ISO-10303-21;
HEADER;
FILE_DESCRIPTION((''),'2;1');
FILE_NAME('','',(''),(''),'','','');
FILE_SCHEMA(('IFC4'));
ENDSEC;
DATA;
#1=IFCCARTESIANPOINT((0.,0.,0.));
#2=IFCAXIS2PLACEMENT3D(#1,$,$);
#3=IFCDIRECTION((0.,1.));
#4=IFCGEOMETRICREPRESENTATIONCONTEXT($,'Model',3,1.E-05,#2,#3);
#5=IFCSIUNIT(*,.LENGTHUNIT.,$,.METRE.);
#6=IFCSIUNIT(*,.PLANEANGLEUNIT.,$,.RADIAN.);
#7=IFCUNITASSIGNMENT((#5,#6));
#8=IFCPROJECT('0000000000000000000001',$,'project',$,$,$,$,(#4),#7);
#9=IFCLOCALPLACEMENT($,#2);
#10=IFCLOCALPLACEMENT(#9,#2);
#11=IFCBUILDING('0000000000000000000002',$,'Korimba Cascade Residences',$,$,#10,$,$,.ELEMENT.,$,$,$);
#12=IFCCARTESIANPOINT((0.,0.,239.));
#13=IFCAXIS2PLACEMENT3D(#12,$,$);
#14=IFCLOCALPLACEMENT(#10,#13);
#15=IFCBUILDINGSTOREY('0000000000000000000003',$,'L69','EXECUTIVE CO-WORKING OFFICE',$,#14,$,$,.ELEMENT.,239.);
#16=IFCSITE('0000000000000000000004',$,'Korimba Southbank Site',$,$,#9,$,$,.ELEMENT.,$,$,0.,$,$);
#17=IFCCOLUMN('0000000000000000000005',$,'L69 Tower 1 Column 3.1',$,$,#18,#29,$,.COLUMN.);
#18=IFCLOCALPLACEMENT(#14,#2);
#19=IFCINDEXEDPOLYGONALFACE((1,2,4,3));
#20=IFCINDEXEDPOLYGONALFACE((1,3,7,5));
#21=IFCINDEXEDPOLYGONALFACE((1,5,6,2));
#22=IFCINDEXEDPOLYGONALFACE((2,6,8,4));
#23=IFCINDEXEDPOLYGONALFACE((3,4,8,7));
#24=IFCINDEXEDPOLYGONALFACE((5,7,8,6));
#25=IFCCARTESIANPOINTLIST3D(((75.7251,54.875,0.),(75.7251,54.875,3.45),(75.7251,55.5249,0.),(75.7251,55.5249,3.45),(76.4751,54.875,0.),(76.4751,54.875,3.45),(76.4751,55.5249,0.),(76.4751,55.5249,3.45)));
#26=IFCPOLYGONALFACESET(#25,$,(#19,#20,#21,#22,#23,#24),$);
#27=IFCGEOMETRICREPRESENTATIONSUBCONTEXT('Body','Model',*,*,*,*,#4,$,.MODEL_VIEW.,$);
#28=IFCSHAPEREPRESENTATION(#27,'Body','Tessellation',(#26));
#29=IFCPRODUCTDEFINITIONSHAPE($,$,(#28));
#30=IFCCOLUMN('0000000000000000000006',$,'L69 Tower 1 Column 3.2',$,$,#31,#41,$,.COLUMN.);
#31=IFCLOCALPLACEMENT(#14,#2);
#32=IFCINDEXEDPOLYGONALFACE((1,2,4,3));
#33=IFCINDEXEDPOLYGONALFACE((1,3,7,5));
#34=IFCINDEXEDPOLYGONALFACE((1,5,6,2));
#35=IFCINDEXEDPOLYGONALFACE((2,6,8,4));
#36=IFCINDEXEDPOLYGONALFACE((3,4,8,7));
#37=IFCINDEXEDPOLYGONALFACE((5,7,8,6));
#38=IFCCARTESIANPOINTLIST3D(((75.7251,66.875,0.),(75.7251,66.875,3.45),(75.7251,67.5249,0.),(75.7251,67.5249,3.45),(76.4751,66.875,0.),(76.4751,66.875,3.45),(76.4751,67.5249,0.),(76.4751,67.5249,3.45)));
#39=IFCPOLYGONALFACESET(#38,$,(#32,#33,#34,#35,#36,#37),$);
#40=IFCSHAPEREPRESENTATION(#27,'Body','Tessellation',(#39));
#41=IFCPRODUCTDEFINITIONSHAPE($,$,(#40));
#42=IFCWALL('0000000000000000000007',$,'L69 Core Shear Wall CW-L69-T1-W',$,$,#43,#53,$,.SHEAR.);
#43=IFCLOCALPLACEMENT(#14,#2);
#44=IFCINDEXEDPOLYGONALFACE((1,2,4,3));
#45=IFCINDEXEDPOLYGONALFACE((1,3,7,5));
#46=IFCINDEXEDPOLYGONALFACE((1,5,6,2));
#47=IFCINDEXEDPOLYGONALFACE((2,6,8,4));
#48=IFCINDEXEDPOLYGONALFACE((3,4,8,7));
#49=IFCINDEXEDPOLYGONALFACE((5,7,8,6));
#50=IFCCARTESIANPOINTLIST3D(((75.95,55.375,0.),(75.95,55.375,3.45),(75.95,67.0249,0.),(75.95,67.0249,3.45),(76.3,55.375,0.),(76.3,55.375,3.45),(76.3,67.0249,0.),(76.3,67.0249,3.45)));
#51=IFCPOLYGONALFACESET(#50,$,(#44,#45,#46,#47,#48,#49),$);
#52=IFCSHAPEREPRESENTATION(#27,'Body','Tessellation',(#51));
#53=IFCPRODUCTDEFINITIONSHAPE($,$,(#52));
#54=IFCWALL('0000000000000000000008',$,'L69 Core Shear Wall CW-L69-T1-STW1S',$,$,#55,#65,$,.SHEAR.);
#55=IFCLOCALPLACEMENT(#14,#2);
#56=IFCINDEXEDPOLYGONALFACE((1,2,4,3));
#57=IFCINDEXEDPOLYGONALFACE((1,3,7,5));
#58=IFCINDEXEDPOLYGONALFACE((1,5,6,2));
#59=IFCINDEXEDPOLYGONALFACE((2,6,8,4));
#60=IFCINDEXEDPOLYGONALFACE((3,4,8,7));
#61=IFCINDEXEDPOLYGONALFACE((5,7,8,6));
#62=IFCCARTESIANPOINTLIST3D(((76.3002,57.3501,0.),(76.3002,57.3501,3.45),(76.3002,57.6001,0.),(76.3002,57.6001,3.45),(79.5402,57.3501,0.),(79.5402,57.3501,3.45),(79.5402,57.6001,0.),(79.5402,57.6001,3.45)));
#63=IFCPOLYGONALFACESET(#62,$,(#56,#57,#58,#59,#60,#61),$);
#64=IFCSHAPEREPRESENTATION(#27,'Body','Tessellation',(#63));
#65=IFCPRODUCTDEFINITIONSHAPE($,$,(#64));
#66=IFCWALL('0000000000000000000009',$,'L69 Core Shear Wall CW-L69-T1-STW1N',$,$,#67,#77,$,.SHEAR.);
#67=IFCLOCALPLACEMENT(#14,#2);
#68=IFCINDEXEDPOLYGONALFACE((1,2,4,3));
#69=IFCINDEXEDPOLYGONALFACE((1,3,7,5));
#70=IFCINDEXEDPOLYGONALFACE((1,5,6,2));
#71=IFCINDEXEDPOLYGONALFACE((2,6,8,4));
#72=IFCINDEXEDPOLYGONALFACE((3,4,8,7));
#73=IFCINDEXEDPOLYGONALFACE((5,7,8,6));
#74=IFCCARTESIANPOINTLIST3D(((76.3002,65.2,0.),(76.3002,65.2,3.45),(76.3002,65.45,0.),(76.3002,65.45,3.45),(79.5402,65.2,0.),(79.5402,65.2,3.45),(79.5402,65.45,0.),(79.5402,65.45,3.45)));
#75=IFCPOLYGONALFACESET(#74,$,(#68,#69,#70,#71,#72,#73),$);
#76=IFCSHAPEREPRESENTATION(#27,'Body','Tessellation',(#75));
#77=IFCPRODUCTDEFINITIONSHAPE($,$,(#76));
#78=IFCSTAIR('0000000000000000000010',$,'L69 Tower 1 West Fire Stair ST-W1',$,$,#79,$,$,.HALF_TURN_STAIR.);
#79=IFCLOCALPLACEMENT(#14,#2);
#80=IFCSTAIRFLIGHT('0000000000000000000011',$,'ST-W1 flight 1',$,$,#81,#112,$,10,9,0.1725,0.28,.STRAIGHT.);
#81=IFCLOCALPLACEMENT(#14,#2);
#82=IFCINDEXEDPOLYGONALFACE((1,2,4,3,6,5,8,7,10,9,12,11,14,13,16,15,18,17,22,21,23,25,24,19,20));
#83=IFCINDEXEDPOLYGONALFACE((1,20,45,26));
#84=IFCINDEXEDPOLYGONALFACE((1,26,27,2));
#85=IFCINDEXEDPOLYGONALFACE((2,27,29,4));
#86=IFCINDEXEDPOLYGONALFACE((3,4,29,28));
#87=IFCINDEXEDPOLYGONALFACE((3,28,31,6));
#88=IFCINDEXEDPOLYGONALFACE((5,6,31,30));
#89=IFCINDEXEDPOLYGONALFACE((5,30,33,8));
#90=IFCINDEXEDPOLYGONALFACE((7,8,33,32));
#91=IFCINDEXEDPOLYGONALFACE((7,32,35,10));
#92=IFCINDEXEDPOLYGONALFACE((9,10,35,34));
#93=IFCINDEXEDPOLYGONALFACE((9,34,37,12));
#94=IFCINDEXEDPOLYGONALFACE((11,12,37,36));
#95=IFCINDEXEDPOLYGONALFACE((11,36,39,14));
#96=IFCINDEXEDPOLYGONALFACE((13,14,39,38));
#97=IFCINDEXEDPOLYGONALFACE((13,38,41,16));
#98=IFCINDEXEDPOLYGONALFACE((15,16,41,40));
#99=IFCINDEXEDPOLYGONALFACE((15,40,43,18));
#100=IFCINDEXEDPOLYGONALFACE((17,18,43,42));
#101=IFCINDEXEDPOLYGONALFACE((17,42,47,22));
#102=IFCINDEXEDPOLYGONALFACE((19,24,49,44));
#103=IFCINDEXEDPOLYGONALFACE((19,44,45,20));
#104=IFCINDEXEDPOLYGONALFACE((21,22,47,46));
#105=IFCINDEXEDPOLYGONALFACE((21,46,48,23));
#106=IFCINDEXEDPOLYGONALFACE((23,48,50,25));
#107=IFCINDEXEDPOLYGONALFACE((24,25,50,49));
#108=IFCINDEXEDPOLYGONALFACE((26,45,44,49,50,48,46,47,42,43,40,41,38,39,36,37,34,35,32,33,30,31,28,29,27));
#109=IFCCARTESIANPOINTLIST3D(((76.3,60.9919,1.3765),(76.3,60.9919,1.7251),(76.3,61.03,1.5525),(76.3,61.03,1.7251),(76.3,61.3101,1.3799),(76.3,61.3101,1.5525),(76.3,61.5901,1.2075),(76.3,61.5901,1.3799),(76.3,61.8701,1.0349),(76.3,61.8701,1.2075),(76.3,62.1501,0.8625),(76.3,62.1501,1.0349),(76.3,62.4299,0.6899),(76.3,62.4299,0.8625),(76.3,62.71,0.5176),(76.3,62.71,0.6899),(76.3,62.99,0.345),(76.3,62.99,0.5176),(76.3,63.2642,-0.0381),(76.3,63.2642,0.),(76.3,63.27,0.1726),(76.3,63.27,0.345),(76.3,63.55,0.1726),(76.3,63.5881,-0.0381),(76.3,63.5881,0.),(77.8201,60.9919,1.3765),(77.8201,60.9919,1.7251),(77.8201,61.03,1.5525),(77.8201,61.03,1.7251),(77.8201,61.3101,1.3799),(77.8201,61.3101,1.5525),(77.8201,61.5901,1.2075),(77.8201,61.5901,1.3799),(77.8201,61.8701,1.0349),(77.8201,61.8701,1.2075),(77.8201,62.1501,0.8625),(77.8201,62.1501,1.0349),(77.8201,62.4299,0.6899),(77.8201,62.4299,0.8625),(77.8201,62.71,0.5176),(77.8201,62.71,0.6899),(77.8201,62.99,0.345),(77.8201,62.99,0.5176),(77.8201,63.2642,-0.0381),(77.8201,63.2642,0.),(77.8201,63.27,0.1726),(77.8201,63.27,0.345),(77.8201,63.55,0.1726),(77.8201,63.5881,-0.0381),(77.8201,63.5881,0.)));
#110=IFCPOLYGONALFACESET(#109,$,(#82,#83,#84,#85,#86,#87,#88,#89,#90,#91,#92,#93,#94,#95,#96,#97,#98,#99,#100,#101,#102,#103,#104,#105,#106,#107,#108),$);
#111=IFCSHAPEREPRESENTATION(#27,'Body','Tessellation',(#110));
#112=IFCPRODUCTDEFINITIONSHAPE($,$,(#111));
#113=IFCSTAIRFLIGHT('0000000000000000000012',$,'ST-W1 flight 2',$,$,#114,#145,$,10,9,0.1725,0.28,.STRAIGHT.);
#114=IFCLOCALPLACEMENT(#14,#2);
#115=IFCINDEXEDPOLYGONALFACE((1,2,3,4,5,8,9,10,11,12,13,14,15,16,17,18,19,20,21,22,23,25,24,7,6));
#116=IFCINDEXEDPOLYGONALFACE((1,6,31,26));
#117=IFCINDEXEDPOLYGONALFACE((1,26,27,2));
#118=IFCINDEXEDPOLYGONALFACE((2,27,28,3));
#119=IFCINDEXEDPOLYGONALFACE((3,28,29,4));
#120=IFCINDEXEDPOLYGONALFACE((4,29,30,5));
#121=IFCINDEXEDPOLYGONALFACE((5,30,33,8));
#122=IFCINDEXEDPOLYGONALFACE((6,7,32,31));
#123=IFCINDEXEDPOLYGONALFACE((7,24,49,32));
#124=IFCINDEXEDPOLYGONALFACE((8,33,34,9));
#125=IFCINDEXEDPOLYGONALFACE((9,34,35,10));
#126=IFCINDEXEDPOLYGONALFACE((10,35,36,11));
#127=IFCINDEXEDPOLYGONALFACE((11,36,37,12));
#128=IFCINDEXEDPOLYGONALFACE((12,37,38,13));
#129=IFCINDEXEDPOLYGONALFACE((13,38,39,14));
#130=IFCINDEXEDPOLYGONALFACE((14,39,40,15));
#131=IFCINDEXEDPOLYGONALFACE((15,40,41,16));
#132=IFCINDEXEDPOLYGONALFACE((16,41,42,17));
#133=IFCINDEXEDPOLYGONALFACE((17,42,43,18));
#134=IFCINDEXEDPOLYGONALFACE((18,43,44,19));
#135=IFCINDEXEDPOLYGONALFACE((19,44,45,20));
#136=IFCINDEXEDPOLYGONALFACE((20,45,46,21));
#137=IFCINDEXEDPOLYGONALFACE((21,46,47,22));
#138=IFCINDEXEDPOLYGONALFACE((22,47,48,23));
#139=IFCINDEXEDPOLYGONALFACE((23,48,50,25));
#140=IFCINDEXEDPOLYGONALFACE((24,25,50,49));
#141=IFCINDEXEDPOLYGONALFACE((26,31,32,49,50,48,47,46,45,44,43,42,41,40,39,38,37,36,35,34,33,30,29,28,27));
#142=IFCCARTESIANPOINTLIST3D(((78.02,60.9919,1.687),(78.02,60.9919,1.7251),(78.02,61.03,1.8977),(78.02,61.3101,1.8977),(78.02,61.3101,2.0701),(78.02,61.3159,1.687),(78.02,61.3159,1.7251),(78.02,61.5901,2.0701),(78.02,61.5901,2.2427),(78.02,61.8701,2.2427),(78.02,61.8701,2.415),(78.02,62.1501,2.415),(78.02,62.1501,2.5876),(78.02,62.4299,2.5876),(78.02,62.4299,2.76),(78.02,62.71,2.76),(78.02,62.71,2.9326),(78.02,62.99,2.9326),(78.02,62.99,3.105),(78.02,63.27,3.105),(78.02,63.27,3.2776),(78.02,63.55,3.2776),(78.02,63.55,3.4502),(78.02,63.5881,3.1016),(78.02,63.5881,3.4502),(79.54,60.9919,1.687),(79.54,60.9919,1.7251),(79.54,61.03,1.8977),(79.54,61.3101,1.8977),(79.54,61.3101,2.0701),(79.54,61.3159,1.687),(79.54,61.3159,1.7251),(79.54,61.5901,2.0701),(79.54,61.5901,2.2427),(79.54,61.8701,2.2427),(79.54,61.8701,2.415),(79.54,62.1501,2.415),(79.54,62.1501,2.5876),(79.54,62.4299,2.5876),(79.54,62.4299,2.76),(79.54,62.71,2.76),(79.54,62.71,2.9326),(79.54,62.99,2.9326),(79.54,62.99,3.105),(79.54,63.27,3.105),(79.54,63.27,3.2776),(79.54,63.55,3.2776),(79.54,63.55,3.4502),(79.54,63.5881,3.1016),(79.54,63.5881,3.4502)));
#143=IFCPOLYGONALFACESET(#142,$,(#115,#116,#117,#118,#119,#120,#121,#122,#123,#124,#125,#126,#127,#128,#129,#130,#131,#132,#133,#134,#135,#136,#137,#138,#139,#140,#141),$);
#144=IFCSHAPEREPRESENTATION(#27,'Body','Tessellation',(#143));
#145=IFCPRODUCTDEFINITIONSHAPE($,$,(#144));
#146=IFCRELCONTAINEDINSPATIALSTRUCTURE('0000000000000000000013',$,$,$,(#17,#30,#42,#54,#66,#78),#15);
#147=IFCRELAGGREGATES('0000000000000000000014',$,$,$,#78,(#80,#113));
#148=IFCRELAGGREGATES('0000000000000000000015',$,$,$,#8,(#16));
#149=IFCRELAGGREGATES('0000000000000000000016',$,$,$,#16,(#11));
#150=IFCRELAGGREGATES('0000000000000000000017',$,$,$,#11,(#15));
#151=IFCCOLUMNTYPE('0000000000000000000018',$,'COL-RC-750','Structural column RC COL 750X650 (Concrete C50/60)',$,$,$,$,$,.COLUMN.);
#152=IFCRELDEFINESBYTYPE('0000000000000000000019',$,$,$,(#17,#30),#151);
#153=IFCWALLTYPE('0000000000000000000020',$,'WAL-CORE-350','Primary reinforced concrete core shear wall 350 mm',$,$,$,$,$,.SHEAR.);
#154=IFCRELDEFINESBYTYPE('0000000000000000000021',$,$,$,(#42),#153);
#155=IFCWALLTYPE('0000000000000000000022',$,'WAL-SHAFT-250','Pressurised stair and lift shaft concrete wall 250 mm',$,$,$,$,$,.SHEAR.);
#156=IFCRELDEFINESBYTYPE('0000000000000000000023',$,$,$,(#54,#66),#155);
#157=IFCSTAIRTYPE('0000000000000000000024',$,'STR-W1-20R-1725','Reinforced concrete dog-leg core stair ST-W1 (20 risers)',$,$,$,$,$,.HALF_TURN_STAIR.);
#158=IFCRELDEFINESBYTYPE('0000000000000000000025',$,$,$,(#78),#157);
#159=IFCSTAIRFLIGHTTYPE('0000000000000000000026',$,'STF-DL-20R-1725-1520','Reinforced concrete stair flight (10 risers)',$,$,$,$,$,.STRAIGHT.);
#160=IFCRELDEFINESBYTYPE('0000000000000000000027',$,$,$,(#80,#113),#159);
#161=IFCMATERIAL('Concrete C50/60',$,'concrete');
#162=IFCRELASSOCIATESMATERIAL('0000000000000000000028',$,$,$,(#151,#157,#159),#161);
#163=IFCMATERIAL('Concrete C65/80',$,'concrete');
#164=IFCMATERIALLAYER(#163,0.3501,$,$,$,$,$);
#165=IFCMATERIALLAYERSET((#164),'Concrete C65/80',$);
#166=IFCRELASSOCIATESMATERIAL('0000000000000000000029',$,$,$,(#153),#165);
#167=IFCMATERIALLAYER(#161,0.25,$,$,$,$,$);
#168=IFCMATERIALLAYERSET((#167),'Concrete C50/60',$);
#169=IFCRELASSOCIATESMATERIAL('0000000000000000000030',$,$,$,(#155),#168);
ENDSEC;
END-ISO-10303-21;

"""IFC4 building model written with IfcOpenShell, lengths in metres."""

from ifc_helpers import new_model, si_unit, direction, frame, frame_2d, origin, origin_2d, place, context, subcontext, project, spatial, polyline, rectangle, outline, extrude, material, layer, layer_set, material_profile, profile_set, type_object, element, aggregate, save


model = new_model("IFC4")

# Units and contexts
model_context = context("Model", 3, precision=1e-05, world=origin(), true_north=direction((0.0, 1.0)))
body_context = subcontext(model_context, "Body", "Model", "MODEL_VIEW")
ifc_project = project(units=[si_unit("LENGTHUNIT", "METRE"), si_unit("PLANEANGLEUNIT", "RADIAN")], contexts=[model_context])

# Site, building, storey
site_placement = place(None, origin())
site = spatial("IfcSite", under=ifc_project, at=site_placement, Name="Korimba Southbank Site", CompositionType="ELEMENT", RefElevation=0.0)
building_placement = place(site_placement, origin())
building = spatial("IfcBuilding", under=site, at=building_placement, Name="Korimba Cascade Residences", CompositionType="ELEMENT")
storey_placement = place(building_placement, frame((0.0, 0.0, 239.0)))
storey = spatial("IfcBuildingStorey", under=building, at=storey_placement, Name="L69", Description="EXECUTIVE CO-WORKING OFFICE", CompositionType="ELEMENT", Elevation=239.0)

# Columns
ifc_material_1 = material(Name="Concrete C50/60", Category="concrete")
ifc_material_profile = material_profile(ifc_material_1, rectangle(XDim=0.75, YDim=0.6499, at=origin_2d()), Name="Concrete C50/60")
ifc_profile_set = profile_set([ifc_material_profile], Name="Concrete C50/60")
column_type = type_object("IfcColumnType", Name="COL-RC-750", Description="Structural column RC COL 750X650 (Concrete C50/60)", PredefinedType="COLUMN", material=ifc_profile_set)
for number, where, z_axis, x_axis, name in (
    (1, (76.1001, 55.2, 0.0), (0.0, 0.0, 1.0), (1.0, 0.0, 0.0), "L69 Tower 1 Column 3.1"),
    (2, (76.1001, 67.2, 0.0), (0.0, 0.0, 1.0), (1.0, 0.0, 0.0), "L69 Tower 1 Column 3.2"),
):
    element("IfcColumn", number, at=place(storey_placement, frame(where, z_axis=z_axis, x_axis=x_axis)), inside=storey, type_object=column_type, Name=name, PredefinedType="COLUMN", context=body_context, shape_type="SweptSolid", body=[
        extrude(rectangle(XDim=0.75, YDim=0.6499, at=origin_2d()), origin(), (0.0, 0.0, 1.0), 3.45),
    ])

# Walls
ifc_material_2 = material(Name="Concrete C65/80", Category="concrete")
ifc_layer_1 = layer(ifc_material_2, 0.3501)
ifc_layer_set_1 = layer_set([ifc_layer_1], Name="Concrete C65/80")
wall_type_1 = type_object("IfcWallType", Name="WAL-CORE-350", Description="Primary reinforced concrete core shear wall 350 mm", PredefinedType="SHEAR", material=ifc_layer_set_1)
wall_placement = place(storey_placement, frame((76.125, 55.375, 0.0), z_axis=(0.0, 0.0, 1.0), x_axis=(0.0, 1.0, 0.0)))
element("IfcWall", 3, at=wall_placement, inside=storey, type_object=wall_type_1, Name="L69 Core Shear Wall CW-L69-T1-W", PredefinedType="SHEAR", context=body_context, shape_type="SweptSolid", body=[
    extrude(rectangle(XDim=11.6499, YDim=0.3501, at=frame_2d((5.825, 0.0))), origin(), (0.0, 0.0, 1.0), 3.45),
])
ifc_layer_2 = layer(ifc_material_1, 0.25)
ifc_layer_set_2 = layer_set([ifc_layer_2], Name="Concrete C50/60")
wall_type_2 = type_object("IfcWallType", Name="WAL-SHAFT-250", Description="Pressurised stair and lift shaft concrete wall 250 mm", PredefinedType="SHEAR", material=ifc_layer_set_2)
for number, where, z_axis, x_axis, name in (
    (4, (76.3, 57.4751, 0.0), (0.0, 0.0, 1.0), (1.0, 0.0, 0.0), "L69 Core Shear Wall CW-L69-T1-STW1S"),
    (5, (76.3, 65.325, 0.0), (0.0, 0.0, 1.0), (1.0, 0.0, 0.0), "L69 Core Shear Wall CW-L69-T1-STW1N"),
):
    element("IfcWall", number, at=place(storey_placement, frame(where, z_axis=z_axis, x_axis=x_axis)), inside=storey, type_object=wall_type_2, Name=name, PredefinedType="SHEAR", context=body_context, shape_type="SweptSolid", body=[
        extrude(rectangle(XDim=3.24, YDim=0.25, at=frame_2d((1.6201, 0.0))), origin(), (0.0, 0.0, 1.0), 3.45),
    ])

# Stair, stair flights
stair_type = type_object("IfcStairType", Name="STR-W1-20R-1725", Description="Reinforced concrete dog-leg core stair ST-W1 (20 risers)", PredefinedType="HALF_TURN_STAIR", material=ifc_material_1)
stair_placement = place(storey_placement, origin())
stair = element("IfcStair", 6, at=stair_placement, inside=storey, type_object=stair_type, Name="L69 Tower 1 West Fire Stair ST-W1", PredefinedType="HALF_TURN_STAIR")
stair_flight_type = type_object("IfcStairFlightType", Name="STF-DL-20R-1725-1520", Description="Reinforced concrete stair flight (10 risers)", PredefinedType="STRAIGHT", material=ifc_material_1)
stair_flight_1_placement = place(storey_placement, frame((77.0601, 63.55, 0.0), z_axis=(0.0, 0.0, 1.0), x_axis=(0.0, -1.0, 0.0)))
stair_flight_1 = element("IfcStairFlight", 7, at=stair_flight_1_placement, type_object=stair_flight_type, Name="ST-W1 flight 1", NumberOfRisers=10, NumberOfTreads=9, PredefinedType="STRAIGHT", RiserHeight=0.1725, TreadLength=0.28, context=body_context, shape_type="SweptSolid", body=[
    extrude(outline(polyline([(-0.0381, 0.0), (0.0, 0.1726), (0.28, 0.1726), (0.28, 0.345), (0.5601, 0.345), (0.5601, 0.5176), (0.8401, 0.5176), (0.8401, 0.6899), (1.1201, 0.6899), (1.1201, 0.8625), (1.3999, 0.8625), (1.3999, 1.0349), (1.6799, 1.0349), (1.6799, 1.2075), (1.96, 1.2075), (1.96, 1.3799), (2.24, 1.3799), (2.24, 1.5525), (2.52, 1.5525), (2.52, 1.7251), (2.5581, 1.7251), (2.5581, 1.3765), (0.2859, 0.0), (0.2859, -0.0381), (-0.0381, -0.0381), (-0.0381, 0.0)])), frame((0.0, 0.76, 0.0), z_axis=(0.0, -1.0, 0.0), x_axis=(1.0, 0.0, 0.0)), (0.0, 0.0, 1.0), 1.52),
])
stair_flight_2_placement = place(storey_placement, frame((78.78, 61.03, 1.7251), z_axis=(0.0, 0.0, 1.0), x_axis=(0.0, 1.0, 0.0)))
stair_flight_2 = element("IfcStairFlight", 8, at=stair_flight_2_placement, type_object=stair_flight_type, Name="ST-W1 flight 2", NumberOfRisers=10, NumberOfTreads=9, PredefinedType="STRAIGHT", RiserHeight=0.1725, TreadLength=0.28, context=body_context, shape_type="SweptSolid", body=[
    extrude(outline(polyline([(-0.0381, 0.0), (0.0, 0.1726), (0.28, 0.1726), (0.28, 0.345), (0.5601, 0.345), (0.5601, 0.5176), (0.8401, 0.5176), (0.8401, 0.6899), (1.1201, 0.6899), (1.1201, 0.8625), (1.3999, 0.8625), (1.3999, 1.0349), (1.6799, 1.0349), (1.6799, 1.2075), (1.96, 1.2075), (1.96, 1.3799), (2.24, 1.3799), (2.24, 1.5525), (2.52, 1.5525), (2.52, 1.7251), (2.5581, 1.7251), (2.5581, 1.3765), (0.2859, 0.0), (0.2859, -0.0381), (-0.0381, -0.0381), (-0.0381, 0.0)])), frame((0.0, 0.76, 0.0), z_axis=(0.0, -1.0, 0.0), x_axis=(1.0, 0.0, 0.0)), (0.0, 0.0, 1.0), 1.52),
])
aggregate(stair, [stair_flight_1, stair_flight_2])

save(model, "model.ifc")
